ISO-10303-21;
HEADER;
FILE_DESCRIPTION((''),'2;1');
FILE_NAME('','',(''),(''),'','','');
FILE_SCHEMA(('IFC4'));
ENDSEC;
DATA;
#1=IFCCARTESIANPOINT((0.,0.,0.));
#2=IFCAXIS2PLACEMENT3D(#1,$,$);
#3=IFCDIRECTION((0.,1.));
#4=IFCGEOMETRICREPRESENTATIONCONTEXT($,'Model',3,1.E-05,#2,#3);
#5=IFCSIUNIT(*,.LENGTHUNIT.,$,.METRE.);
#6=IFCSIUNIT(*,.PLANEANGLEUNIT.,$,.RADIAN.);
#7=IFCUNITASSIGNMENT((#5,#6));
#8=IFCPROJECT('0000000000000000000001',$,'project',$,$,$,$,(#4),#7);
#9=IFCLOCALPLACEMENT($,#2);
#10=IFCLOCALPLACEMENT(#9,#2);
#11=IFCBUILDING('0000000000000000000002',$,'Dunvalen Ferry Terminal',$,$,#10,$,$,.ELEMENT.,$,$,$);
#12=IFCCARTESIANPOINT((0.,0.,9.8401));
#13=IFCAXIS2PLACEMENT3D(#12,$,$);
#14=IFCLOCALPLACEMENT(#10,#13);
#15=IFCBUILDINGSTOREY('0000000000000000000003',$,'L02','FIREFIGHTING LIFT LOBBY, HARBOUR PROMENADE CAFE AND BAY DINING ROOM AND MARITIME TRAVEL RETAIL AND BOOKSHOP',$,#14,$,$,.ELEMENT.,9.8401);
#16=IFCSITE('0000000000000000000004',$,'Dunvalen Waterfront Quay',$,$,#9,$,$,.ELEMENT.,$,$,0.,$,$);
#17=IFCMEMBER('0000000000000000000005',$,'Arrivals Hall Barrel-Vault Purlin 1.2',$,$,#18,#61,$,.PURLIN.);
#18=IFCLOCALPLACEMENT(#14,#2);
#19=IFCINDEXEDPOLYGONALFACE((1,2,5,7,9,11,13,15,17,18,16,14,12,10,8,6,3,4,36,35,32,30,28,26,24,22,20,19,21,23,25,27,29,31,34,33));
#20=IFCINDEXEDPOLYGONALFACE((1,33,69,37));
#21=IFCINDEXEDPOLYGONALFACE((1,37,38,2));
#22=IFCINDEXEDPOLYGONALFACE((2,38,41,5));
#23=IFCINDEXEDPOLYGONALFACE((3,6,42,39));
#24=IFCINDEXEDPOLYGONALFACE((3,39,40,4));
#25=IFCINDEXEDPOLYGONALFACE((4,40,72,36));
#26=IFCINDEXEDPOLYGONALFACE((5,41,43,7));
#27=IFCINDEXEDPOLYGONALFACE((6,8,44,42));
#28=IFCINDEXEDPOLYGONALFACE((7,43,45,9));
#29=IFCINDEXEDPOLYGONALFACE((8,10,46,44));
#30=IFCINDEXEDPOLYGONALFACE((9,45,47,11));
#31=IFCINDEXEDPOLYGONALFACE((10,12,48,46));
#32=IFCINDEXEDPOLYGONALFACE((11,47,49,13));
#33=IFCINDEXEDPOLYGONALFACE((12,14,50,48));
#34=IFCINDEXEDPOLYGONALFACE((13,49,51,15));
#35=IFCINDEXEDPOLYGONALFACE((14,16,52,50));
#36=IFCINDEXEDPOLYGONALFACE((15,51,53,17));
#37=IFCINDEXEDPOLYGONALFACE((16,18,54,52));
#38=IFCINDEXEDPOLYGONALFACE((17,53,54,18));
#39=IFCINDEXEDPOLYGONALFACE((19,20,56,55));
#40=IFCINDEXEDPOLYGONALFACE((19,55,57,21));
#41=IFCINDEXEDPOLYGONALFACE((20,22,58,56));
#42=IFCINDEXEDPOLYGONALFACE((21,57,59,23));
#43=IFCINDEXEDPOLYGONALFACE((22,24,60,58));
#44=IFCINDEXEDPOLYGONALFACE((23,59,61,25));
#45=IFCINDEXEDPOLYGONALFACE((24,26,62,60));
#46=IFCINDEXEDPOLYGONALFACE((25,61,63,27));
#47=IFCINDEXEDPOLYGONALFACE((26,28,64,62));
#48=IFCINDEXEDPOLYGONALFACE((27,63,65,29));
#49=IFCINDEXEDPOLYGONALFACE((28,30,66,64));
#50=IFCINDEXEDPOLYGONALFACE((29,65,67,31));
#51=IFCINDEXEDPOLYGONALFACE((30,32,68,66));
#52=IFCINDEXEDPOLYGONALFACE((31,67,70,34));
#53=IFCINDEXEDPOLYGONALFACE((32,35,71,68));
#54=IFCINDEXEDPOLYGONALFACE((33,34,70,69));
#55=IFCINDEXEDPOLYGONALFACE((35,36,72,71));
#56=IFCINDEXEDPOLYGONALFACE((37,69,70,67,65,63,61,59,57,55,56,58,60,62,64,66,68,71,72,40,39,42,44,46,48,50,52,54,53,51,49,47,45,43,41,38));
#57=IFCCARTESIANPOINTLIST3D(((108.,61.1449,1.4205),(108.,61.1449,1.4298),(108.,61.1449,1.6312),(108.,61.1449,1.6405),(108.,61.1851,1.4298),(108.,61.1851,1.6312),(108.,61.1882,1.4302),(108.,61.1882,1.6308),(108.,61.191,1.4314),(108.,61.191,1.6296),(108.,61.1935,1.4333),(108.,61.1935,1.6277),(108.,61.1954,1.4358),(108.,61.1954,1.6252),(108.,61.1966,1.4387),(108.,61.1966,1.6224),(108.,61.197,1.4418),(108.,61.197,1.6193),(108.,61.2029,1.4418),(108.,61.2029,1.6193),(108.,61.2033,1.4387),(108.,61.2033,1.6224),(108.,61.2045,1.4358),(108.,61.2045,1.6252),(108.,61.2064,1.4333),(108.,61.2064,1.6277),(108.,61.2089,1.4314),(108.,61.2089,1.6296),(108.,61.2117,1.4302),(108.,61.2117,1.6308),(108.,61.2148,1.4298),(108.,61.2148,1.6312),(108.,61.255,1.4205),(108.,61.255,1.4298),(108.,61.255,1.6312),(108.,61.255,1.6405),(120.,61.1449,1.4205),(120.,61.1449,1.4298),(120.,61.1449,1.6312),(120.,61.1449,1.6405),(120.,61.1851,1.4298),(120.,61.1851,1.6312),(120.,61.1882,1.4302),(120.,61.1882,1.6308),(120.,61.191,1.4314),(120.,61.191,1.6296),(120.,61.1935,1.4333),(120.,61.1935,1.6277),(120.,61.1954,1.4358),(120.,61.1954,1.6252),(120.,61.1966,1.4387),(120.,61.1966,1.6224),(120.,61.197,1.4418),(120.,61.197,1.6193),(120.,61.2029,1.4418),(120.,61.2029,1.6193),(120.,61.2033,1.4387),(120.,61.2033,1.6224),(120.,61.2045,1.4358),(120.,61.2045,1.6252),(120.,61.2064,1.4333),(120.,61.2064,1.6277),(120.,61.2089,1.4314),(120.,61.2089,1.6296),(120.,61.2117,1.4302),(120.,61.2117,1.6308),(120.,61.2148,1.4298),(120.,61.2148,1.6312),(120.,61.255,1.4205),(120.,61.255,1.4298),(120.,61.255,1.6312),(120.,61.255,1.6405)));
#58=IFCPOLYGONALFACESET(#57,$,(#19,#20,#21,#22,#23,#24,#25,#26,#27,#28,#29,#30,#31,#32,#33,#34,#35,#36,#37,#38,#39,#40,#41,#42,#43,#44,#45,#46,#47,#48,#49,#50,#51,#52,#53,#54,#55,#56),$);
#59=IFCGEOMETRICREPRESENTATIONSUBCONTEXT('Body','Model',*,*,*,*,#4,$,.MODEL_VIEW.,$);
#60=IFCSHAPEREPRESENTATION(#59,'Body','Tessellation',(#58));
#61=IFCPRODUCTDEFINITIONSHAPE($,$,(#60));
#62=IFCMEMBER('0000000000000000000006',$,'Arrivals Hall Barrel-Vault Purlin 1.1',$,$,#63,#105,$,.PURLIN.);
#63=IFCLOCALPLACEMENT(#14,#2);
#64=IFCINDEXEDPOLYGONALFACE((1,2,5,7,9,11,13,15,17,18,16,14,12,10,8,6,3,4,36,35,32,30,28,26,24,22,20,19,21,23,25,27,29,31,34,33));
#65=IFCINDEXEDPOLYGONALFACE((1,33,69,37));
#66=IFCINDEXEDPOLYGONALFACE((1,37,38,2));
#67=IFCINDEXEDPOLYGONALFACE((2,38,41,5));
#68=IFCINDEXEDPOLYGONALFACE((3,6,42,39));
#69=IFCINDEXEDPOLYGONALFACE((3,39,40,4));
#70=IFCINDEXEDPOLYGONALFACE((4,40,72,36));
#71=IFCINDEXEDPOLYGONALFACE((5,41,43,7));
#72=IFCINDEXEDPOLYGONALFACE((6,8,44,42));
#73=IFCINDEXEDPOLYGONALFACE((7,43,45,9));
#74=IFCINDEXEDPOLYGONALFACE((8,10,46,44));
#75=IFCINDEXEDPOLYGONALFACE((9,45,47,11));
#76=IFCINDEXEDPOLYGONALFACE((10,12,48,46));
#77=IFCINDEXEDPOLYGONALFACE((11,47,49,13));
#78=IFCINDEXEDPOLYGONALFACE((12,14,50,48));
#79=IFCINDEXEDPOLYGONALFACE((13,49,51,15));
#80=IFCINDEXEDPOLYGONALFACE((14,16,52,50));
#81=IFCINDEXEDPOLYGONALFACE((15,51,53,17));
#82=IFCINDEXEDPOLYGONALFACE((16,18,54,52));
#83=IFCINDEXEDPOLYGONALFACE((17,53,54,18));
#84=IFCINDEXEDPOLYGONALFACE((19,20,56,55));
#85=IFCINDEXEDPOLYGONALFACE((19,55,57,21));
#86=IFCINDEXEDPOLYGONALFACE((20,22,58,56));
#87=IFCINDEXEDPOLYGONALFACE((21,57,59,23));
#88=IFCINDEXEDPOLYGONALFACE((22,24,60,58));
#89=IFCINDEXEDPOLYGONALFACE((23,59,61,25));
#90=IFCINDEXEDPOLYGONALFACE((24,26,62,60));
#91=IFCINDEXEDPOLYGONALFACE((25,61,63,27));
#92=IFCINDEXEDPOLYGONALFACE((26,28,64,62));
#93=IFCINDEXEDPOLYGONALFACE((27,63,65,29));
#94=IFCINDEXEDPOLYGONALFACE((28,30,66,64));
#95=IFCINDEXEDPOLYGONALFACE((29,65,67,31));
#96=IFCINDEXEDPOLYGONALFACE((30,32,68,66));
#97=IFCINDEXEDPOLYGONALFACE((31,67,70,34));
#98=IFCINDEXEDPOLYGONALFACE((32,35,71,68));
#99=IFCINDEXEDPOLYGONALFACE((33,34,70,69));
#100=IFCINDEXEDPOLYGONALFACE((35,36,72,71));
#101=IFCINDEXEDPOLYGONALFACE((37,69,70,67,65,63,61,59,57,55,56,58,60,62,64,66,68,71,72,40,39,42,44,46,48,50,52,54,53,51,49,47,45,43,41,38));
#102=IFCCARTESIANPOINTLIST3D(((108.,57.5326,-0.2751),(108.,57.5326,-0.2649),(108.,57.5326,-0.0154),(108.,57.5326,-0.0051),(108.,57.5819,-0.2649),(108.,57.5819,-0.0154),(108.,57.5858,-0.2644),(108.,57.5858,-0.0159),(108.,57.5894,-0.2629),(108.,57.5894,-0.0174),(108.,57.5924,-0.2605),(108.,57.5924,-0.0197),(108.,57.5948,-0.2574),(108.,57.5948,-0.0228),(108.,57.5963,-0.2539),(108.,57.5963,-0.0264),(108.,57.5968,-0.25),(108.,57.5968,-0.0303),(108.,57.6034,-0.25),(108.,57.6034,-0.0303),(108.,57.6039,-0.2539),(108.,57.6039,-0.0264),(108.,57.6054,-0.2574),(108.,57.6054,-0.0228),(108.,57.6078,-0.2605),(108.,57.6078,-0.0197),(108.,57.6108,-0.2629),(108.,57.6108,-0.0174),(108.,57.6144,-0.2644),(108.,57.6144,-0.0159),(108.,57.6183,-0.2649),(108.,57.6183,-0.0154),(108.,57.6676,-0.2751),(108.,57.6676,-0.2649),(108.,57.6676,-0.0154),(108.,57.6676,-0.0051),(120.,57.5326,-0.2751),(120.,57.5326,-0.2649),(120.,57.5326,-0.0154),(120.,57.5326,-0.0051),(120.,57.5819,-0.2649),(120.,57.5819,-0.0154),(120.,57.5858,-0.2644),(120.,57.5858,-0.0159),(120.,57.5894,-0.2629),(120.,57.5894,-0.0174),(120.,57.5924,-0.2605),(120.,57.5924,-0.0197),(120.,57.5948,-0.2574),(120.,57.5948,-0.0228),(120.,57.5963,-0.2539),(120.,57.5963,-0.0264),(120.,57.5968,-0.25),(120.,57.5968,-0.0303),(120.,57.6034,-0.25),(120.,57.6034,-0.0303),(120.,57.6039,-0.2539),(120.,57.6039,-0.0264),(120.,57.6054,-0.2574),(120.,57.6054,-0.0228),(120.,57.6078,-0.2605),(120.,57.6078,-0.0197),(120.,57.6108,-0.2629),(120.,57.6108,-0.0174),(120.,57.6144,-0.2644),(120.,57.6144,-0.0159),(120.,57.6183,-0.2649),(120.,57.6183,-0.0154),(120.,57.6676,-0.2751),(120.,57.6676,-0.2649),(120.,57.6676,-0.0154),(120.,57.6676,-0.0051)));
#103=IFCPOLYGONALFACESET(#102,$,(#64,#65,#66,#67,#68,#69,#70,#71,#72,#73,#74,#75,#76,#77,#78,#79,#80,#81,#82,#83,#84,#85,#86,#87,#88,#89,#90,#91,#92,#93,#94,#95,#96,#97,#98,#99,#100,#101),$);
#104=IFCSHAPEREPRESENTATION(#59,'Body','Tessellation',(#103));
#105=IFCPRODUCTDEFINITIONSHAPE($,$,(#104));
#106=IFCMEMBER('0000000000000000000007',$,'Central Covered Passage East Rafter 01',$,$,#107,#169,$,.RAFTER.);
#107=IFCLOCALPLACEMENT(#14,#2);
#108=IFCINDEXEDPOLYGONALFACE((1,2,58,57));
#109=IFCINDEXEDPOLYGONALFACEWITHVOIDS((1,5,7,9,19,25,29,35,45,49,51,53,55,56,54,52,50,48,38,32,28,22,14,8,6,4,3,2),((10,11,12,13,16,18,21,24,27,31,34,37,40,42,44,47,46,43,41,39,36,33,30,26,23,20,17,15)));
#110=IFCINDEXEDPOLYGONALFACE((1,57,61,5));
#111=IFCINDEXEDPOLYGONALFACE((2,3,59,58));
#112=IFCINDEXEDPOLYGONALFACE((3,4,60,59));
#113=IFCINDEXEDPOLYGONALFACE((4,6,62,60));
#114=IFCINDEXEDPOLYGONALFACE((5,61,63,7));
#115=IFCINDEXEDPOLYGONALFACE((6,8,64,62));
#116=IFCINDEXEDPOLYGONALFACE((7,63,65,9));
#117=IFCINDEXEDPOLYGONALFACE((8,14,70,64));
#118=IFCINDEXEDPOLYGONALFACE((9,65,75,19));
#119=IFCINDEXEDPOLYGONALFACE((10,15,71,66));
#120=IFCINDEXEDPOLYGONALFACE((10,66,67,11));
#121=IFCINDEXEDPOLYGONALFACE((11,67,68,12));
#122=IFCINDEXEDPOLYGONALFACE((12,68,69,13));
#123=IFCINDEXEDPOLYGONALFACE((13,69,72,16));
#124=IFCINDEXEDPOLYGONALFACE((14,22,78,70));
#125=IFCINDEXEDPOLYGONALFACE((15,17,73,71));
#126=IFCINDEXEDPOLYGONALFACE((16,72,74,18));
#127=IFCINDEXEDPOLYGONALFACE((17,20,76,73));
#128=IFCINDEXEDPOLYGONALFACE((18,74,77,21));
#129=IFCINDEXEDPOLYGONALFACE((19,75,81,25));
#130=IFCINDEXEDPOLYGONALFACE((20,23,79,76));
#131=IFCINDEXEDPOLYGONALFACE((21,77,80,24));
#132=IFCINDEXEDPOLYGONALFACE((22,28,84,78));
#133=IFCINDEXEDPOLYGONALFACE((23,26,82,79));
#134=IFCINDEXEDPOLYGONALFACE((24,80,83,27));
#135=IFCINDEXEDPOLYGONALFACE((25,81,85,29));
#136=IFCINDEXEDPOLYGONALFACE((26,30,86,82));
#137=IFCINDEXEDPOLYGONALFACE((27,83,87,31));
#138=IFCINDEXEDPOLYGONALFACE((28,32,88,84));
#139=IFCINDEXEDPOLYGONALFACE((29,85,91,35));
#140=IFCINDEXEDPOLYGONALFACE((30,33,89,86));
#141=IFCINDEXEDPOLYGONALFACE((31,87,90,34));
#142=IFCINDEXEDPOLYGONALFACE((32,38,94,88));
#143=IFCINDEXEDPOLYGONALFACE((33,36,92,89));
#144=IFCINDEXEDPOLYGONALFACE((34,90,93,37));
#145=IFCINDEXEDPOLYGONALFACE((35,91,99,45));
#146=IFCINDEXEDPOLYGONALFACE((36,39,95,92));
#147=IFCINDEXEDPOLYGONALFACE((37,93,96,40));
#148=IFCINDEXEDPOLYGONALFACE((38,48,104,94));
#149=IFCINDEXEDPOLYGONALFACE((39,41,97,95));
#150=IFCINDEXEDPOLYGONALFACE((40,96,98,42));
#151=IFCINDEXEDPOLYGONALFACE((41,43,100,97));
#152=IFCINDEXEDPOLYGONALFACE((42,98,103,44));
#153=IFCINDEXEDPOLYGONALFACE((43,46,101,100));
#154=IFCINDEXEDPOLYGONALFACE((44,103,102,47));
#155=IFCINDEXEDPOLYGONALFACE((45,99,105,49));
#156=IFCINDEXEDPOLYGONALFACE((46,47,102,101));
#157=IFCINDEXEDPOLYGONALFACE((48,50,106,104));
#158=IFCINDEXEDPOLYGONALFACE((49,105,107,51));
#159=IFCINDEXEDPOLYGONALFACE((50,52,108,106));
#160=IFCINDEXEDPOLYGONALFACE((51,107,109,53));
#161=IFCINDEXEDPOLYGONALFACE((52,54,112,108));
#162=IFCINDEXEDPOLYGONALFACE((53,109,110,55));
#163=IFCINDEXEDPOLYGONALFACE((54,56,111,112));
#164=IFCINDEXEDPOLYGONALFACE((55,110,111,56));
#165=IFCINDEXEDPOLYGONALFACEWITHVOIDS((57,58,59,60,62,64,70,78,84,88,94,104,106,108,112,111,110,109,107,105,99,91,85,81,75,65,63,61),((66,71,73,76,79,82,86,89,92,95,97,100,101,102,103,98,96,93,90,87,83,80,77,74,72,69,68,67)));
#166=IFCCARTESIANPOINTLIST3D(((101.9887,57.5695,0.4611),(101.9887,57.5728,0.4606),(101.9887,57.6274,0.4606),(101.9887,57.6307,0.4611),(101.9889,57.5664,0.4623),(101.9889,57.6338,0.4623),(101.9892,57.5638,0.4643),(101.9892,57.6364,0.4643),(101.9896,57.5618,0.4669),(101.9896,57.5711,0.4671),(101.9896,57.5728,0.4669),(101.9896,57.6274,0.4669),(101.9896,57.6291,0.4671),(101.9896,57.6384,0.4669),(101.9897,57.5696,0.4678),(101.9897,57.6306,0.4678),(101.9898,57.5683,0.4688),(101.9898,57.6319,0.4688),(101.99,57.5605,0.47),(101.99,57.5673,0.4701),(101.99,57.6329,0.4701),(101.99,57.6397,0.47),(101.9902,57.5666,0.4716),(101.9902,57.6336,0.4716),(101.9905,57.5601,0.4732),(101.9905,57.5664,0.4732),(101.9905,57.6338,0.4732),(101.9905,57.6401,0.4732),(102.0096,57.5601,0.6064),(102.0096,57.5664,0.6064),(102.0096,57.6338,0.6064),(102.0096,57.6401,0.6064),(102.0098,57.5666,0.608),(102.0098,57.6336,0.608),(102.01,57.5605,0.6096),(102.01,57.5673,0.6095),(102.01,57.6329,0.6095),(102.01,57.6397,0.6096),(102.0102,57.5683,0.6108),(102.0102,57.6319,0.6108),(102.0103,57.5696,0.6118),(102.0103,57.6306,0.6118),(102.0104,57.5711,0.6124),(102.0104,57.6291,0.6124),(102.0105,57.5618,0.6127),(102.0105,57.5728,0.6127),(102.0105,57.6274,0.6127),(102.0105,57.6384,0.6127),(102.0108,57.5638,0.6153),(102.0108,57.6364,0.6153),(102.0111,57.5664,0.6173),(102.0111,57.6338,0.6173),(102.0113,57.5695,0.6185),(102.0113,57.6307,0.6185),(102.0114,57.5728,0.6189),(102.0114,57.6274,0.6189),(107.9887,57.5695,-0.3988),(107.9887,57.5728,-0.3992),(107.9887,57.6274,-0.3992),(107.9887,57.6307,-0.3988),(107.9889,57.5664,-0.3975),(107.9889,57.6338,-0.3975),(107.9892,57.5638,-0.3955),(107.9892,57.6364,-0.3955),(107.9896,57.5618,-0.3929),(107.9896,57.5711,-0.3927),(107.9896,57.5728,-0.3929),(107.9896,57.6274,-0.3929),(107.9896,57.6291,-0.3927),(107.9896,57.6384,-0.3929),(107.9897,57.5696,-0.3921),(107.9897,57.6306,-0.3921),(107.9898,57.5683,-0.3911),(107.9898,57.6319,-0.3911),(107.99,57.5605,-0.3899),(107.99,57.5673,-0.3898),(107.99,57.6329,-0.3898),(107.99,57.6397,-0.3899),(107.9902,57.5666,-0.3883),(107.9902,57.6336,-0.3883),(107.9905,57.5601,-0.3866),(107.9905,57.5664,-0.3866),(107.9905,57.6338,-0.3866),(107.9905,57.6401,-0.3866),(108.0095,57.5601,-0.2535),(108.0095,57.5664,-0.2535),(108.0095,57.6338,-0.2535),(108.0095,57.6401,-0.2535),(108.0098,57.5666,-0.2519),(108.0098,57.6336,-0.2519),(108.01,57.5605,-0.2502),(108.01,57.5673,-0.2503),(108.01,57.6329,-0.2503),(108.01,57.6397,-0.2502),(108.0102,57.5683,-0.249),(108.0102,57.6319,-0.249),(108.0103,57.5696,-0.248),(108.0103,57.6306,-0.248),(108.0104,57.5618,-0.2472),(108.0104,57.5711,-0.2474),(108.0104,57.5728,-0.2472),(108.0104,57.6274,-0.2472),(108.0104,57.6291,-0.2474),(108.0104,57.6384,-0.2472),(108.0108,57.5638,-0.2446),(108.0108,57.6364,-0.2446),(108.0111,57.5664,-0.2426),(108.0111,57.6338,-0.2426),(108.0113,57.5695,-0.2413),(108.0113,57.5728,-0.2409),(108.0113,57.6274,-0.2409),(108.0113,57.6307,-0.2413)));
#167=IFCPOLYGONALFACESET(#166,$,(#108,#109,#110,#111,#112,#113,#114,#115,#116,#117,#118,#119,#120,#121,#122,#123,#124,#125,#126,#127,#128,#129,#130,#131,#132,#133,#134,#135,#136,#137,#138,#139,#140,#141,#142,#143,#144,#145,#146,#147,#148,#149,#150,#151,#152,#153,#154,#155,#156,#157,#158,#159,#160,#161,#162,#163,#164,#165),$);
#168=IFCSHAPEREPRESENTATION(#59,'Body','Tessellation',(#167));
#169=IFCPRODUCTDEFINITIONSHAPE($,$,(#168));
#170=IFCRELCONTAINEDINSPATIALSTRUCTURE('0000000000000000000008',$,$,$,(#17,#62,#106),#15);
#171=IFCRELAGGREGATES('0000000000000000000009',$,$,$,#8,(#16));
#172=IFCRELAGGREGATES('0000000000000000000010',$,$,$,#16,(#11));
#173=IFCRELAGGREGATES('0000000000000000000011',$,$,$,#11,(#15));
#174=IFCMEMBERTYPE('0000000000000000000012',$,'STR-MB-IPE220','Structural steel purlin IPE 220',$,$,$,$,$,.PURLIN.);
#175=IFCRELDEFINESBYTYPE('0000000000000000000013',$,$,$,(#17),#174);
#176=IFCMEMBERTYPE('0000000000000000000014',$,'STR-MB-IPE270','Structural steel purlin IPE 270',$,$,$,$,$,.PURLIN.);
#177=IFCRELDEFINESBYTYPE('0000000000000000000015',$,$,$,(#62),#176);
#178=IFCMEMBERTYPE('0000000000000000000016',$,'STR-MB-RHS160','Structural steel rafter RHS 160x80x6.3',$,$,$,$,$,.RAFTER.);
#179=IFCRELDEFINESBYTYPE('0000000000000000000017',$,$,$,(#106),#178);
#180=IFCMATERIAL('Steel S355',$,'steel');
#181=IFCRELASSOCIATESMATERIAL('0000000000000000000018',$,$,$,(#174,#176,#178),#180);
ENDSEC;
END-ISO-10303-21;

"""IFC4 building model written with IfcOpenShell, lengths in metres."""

from ifc_helpers import new_model, si_unit, direction, frame, origin, origin_2d, place, context, subcontext, project, spatial, hollow_rectangle, i_section, extrude, material, material_profile, profile_set, type_object, element, save


model = new_model("IFC4")

# Units and contexts
model_context = context("Model", 3, precision=1e-05, world=origin(), true_north=direction((0.0, 1.0)))
body_context = subcontext(model_context, "Body", "Model", "MODEL_VIEW")
ifc_project = project(units=[si_unit("LENGTHUNIT", "METRE"), si_unit("PLANEANGLEUNIT", "RADIAN")], contexts=[model_context])

# Site, building, storey
site_placement = place(None, origin())
site = spatial("IfcSite", under=ifc_project, at=site_placement, Name="Dunvalen Waterfront Quay", CompositionType="ELEMENT", RefElevation=0.0)
building_placement = place(site_placement, origin())
building = spatial("IfcBuilding", under=site, at=building_placement, Name="Dunvalen Ferry Terminal", CompositionType="ELEMENT")
storey_placement = place(building_placement, frame((0.0, 0.0, 9.8401)))
storey = spatial("IfcBuildingStorey", under=building, at=storey_placement, Name="L02", Description="FIREFIGHTING LIFT LOBBY, HARBOUR PROMENADE CAFE AND BAY DINING ROOM AND MARITIME TRAVEL RETAIL AND BOOKSHOP", CompositionType="ELEMENT", Elevation=9.8401)

# Shared definitions
ifc_material_1 = material(Name="Steel S355", Category="steel")

# Members
ifc_material_profile_1 = material_profile(ifc_material_1, i_section(OverallWidth=0.1101, OverallDepth=0.22, WebThickness=0.0059, FlangeThickness=0.0093, FilletRadius=0.012, at=origin_2d()), Name="Steel S355")
ifc_profile_set_1 = profile_set([ifc_material_profile_1], Name="Steel S355")
member_type_1 = type_object("IfcMemberType", Name="STR-MB-IPE220", Description="Structural steel purlin IPE 220", PredefinedType="PURLIN", material=ifc_profile_set_1)
member_1_placement = place(storey_placement, frame((108.0, 61.2, 1.5305), z_axis=(1.0, 0.0, 0.0), x_axis=(0.0, 1.0, 0.0)))
element("IfcMember", 1, at=member_1_placement, inside=storey, type_object=member_type_1, Name="Arrivals Hall Barrel-Vault Purlin 1.2", PredefinedType="PURLIN", context=body_context, shape_type="SweptSolid", body=[
    extrude(i_section(OverallWidth=0.1101, OverallDepth=0.22, WebThickness=0.0059, FlangeThickness=0.0093, FilletRadius=0.012, at=origin_2d()), origin(), (0.0, 0.0, 1.0), 12.0),
])
ifc_material_profile_2 = material_profile(ifc_material_1, i_section(OverallWidth=0.135, OverallDepth=0.27, WebThickness=0.0066, FlangeThickness=0.0103, FilletRadius=0.0149, at=origin_2d()), Name="Steel S355")
ifc_profile_set_2 = profile_set([ifc_material_profile_2], Name="Steel S355")
member_type_2 = type_object("IfcMemberType", Name="STR-MB-IPE270", Description="Structural steel purlin IPE 270", PredefinedType="PURLIN", material=ifc_profile_set_2)
member_2_placement = place(storey_placement, frame((108.0, 57.6001, -0.1401), z_axis=(1.0, 0.0, 0.0), x_axis=(0.0, 1.0, 0.0)))
element("IfcMember", 2, at=member_2_placement, inside=storey, type_object=member_type_2, Name="Arrivals Hall Barrel-Vault Purlin 1.1", PredefinedType="PURLIN", context=body_context, shape_type="SweptSolid", body=[
    extrude(i_section(OverallWidth=0.135, OverallDepth=0.27, WebThickness=0.0066, FlangeThickness=0.0103, FilletRadius=0.0149, at=origin_2d()), origin(), (0.0, 0.0, 1.0), 12.0),
])
ifc_material_profile_3 = material_profile(ifc_material_1, hollow_rectangle(XDim=0.0801, YDim=0.1599, WallThickness=0.0063, InnerFilletRadius=0.0063, OuterFilletRadius=0.0127, at=origin_2d()), Name="Steel S355")
ifc_profile_set_3 = profile_set([ifc_material_profile_3], Name="Steel S355")
member_type_3 = type_object("IfcMemberType", Name="STR-MB-RHS160", Description="Structural steel rafter RHS 160x80x6.3", PredefinedType="RAFTER", material=ifc_profile_set_3)
member_3_placement = place(storey_placement, frame((108.0, 57.6001, -0.3201), z_axis=(-0.989887, 0.0, 0.141861), x_axis=(0.0, -1.0, 0.0)))
element("IfcMember", 3, at=member_3_placement, inside=storey, type_object=member_type_3, Name="Central Covered Passage East Rafter 01", PredefinedType="RAFTER", context=body_context, shape_type="SweptSolid", body=[
    extrude(hollow_rectangle(XDim=0.0801, YDim=0.1599, WallThickness=0.0063, InnerFilletRadius=0.0063, OuterFilletRadius=0.0127, at=origin_2d()), origin(), (0.0, 0.0, 1.0), 6.0613),
])

save(model, "model.ifc")
